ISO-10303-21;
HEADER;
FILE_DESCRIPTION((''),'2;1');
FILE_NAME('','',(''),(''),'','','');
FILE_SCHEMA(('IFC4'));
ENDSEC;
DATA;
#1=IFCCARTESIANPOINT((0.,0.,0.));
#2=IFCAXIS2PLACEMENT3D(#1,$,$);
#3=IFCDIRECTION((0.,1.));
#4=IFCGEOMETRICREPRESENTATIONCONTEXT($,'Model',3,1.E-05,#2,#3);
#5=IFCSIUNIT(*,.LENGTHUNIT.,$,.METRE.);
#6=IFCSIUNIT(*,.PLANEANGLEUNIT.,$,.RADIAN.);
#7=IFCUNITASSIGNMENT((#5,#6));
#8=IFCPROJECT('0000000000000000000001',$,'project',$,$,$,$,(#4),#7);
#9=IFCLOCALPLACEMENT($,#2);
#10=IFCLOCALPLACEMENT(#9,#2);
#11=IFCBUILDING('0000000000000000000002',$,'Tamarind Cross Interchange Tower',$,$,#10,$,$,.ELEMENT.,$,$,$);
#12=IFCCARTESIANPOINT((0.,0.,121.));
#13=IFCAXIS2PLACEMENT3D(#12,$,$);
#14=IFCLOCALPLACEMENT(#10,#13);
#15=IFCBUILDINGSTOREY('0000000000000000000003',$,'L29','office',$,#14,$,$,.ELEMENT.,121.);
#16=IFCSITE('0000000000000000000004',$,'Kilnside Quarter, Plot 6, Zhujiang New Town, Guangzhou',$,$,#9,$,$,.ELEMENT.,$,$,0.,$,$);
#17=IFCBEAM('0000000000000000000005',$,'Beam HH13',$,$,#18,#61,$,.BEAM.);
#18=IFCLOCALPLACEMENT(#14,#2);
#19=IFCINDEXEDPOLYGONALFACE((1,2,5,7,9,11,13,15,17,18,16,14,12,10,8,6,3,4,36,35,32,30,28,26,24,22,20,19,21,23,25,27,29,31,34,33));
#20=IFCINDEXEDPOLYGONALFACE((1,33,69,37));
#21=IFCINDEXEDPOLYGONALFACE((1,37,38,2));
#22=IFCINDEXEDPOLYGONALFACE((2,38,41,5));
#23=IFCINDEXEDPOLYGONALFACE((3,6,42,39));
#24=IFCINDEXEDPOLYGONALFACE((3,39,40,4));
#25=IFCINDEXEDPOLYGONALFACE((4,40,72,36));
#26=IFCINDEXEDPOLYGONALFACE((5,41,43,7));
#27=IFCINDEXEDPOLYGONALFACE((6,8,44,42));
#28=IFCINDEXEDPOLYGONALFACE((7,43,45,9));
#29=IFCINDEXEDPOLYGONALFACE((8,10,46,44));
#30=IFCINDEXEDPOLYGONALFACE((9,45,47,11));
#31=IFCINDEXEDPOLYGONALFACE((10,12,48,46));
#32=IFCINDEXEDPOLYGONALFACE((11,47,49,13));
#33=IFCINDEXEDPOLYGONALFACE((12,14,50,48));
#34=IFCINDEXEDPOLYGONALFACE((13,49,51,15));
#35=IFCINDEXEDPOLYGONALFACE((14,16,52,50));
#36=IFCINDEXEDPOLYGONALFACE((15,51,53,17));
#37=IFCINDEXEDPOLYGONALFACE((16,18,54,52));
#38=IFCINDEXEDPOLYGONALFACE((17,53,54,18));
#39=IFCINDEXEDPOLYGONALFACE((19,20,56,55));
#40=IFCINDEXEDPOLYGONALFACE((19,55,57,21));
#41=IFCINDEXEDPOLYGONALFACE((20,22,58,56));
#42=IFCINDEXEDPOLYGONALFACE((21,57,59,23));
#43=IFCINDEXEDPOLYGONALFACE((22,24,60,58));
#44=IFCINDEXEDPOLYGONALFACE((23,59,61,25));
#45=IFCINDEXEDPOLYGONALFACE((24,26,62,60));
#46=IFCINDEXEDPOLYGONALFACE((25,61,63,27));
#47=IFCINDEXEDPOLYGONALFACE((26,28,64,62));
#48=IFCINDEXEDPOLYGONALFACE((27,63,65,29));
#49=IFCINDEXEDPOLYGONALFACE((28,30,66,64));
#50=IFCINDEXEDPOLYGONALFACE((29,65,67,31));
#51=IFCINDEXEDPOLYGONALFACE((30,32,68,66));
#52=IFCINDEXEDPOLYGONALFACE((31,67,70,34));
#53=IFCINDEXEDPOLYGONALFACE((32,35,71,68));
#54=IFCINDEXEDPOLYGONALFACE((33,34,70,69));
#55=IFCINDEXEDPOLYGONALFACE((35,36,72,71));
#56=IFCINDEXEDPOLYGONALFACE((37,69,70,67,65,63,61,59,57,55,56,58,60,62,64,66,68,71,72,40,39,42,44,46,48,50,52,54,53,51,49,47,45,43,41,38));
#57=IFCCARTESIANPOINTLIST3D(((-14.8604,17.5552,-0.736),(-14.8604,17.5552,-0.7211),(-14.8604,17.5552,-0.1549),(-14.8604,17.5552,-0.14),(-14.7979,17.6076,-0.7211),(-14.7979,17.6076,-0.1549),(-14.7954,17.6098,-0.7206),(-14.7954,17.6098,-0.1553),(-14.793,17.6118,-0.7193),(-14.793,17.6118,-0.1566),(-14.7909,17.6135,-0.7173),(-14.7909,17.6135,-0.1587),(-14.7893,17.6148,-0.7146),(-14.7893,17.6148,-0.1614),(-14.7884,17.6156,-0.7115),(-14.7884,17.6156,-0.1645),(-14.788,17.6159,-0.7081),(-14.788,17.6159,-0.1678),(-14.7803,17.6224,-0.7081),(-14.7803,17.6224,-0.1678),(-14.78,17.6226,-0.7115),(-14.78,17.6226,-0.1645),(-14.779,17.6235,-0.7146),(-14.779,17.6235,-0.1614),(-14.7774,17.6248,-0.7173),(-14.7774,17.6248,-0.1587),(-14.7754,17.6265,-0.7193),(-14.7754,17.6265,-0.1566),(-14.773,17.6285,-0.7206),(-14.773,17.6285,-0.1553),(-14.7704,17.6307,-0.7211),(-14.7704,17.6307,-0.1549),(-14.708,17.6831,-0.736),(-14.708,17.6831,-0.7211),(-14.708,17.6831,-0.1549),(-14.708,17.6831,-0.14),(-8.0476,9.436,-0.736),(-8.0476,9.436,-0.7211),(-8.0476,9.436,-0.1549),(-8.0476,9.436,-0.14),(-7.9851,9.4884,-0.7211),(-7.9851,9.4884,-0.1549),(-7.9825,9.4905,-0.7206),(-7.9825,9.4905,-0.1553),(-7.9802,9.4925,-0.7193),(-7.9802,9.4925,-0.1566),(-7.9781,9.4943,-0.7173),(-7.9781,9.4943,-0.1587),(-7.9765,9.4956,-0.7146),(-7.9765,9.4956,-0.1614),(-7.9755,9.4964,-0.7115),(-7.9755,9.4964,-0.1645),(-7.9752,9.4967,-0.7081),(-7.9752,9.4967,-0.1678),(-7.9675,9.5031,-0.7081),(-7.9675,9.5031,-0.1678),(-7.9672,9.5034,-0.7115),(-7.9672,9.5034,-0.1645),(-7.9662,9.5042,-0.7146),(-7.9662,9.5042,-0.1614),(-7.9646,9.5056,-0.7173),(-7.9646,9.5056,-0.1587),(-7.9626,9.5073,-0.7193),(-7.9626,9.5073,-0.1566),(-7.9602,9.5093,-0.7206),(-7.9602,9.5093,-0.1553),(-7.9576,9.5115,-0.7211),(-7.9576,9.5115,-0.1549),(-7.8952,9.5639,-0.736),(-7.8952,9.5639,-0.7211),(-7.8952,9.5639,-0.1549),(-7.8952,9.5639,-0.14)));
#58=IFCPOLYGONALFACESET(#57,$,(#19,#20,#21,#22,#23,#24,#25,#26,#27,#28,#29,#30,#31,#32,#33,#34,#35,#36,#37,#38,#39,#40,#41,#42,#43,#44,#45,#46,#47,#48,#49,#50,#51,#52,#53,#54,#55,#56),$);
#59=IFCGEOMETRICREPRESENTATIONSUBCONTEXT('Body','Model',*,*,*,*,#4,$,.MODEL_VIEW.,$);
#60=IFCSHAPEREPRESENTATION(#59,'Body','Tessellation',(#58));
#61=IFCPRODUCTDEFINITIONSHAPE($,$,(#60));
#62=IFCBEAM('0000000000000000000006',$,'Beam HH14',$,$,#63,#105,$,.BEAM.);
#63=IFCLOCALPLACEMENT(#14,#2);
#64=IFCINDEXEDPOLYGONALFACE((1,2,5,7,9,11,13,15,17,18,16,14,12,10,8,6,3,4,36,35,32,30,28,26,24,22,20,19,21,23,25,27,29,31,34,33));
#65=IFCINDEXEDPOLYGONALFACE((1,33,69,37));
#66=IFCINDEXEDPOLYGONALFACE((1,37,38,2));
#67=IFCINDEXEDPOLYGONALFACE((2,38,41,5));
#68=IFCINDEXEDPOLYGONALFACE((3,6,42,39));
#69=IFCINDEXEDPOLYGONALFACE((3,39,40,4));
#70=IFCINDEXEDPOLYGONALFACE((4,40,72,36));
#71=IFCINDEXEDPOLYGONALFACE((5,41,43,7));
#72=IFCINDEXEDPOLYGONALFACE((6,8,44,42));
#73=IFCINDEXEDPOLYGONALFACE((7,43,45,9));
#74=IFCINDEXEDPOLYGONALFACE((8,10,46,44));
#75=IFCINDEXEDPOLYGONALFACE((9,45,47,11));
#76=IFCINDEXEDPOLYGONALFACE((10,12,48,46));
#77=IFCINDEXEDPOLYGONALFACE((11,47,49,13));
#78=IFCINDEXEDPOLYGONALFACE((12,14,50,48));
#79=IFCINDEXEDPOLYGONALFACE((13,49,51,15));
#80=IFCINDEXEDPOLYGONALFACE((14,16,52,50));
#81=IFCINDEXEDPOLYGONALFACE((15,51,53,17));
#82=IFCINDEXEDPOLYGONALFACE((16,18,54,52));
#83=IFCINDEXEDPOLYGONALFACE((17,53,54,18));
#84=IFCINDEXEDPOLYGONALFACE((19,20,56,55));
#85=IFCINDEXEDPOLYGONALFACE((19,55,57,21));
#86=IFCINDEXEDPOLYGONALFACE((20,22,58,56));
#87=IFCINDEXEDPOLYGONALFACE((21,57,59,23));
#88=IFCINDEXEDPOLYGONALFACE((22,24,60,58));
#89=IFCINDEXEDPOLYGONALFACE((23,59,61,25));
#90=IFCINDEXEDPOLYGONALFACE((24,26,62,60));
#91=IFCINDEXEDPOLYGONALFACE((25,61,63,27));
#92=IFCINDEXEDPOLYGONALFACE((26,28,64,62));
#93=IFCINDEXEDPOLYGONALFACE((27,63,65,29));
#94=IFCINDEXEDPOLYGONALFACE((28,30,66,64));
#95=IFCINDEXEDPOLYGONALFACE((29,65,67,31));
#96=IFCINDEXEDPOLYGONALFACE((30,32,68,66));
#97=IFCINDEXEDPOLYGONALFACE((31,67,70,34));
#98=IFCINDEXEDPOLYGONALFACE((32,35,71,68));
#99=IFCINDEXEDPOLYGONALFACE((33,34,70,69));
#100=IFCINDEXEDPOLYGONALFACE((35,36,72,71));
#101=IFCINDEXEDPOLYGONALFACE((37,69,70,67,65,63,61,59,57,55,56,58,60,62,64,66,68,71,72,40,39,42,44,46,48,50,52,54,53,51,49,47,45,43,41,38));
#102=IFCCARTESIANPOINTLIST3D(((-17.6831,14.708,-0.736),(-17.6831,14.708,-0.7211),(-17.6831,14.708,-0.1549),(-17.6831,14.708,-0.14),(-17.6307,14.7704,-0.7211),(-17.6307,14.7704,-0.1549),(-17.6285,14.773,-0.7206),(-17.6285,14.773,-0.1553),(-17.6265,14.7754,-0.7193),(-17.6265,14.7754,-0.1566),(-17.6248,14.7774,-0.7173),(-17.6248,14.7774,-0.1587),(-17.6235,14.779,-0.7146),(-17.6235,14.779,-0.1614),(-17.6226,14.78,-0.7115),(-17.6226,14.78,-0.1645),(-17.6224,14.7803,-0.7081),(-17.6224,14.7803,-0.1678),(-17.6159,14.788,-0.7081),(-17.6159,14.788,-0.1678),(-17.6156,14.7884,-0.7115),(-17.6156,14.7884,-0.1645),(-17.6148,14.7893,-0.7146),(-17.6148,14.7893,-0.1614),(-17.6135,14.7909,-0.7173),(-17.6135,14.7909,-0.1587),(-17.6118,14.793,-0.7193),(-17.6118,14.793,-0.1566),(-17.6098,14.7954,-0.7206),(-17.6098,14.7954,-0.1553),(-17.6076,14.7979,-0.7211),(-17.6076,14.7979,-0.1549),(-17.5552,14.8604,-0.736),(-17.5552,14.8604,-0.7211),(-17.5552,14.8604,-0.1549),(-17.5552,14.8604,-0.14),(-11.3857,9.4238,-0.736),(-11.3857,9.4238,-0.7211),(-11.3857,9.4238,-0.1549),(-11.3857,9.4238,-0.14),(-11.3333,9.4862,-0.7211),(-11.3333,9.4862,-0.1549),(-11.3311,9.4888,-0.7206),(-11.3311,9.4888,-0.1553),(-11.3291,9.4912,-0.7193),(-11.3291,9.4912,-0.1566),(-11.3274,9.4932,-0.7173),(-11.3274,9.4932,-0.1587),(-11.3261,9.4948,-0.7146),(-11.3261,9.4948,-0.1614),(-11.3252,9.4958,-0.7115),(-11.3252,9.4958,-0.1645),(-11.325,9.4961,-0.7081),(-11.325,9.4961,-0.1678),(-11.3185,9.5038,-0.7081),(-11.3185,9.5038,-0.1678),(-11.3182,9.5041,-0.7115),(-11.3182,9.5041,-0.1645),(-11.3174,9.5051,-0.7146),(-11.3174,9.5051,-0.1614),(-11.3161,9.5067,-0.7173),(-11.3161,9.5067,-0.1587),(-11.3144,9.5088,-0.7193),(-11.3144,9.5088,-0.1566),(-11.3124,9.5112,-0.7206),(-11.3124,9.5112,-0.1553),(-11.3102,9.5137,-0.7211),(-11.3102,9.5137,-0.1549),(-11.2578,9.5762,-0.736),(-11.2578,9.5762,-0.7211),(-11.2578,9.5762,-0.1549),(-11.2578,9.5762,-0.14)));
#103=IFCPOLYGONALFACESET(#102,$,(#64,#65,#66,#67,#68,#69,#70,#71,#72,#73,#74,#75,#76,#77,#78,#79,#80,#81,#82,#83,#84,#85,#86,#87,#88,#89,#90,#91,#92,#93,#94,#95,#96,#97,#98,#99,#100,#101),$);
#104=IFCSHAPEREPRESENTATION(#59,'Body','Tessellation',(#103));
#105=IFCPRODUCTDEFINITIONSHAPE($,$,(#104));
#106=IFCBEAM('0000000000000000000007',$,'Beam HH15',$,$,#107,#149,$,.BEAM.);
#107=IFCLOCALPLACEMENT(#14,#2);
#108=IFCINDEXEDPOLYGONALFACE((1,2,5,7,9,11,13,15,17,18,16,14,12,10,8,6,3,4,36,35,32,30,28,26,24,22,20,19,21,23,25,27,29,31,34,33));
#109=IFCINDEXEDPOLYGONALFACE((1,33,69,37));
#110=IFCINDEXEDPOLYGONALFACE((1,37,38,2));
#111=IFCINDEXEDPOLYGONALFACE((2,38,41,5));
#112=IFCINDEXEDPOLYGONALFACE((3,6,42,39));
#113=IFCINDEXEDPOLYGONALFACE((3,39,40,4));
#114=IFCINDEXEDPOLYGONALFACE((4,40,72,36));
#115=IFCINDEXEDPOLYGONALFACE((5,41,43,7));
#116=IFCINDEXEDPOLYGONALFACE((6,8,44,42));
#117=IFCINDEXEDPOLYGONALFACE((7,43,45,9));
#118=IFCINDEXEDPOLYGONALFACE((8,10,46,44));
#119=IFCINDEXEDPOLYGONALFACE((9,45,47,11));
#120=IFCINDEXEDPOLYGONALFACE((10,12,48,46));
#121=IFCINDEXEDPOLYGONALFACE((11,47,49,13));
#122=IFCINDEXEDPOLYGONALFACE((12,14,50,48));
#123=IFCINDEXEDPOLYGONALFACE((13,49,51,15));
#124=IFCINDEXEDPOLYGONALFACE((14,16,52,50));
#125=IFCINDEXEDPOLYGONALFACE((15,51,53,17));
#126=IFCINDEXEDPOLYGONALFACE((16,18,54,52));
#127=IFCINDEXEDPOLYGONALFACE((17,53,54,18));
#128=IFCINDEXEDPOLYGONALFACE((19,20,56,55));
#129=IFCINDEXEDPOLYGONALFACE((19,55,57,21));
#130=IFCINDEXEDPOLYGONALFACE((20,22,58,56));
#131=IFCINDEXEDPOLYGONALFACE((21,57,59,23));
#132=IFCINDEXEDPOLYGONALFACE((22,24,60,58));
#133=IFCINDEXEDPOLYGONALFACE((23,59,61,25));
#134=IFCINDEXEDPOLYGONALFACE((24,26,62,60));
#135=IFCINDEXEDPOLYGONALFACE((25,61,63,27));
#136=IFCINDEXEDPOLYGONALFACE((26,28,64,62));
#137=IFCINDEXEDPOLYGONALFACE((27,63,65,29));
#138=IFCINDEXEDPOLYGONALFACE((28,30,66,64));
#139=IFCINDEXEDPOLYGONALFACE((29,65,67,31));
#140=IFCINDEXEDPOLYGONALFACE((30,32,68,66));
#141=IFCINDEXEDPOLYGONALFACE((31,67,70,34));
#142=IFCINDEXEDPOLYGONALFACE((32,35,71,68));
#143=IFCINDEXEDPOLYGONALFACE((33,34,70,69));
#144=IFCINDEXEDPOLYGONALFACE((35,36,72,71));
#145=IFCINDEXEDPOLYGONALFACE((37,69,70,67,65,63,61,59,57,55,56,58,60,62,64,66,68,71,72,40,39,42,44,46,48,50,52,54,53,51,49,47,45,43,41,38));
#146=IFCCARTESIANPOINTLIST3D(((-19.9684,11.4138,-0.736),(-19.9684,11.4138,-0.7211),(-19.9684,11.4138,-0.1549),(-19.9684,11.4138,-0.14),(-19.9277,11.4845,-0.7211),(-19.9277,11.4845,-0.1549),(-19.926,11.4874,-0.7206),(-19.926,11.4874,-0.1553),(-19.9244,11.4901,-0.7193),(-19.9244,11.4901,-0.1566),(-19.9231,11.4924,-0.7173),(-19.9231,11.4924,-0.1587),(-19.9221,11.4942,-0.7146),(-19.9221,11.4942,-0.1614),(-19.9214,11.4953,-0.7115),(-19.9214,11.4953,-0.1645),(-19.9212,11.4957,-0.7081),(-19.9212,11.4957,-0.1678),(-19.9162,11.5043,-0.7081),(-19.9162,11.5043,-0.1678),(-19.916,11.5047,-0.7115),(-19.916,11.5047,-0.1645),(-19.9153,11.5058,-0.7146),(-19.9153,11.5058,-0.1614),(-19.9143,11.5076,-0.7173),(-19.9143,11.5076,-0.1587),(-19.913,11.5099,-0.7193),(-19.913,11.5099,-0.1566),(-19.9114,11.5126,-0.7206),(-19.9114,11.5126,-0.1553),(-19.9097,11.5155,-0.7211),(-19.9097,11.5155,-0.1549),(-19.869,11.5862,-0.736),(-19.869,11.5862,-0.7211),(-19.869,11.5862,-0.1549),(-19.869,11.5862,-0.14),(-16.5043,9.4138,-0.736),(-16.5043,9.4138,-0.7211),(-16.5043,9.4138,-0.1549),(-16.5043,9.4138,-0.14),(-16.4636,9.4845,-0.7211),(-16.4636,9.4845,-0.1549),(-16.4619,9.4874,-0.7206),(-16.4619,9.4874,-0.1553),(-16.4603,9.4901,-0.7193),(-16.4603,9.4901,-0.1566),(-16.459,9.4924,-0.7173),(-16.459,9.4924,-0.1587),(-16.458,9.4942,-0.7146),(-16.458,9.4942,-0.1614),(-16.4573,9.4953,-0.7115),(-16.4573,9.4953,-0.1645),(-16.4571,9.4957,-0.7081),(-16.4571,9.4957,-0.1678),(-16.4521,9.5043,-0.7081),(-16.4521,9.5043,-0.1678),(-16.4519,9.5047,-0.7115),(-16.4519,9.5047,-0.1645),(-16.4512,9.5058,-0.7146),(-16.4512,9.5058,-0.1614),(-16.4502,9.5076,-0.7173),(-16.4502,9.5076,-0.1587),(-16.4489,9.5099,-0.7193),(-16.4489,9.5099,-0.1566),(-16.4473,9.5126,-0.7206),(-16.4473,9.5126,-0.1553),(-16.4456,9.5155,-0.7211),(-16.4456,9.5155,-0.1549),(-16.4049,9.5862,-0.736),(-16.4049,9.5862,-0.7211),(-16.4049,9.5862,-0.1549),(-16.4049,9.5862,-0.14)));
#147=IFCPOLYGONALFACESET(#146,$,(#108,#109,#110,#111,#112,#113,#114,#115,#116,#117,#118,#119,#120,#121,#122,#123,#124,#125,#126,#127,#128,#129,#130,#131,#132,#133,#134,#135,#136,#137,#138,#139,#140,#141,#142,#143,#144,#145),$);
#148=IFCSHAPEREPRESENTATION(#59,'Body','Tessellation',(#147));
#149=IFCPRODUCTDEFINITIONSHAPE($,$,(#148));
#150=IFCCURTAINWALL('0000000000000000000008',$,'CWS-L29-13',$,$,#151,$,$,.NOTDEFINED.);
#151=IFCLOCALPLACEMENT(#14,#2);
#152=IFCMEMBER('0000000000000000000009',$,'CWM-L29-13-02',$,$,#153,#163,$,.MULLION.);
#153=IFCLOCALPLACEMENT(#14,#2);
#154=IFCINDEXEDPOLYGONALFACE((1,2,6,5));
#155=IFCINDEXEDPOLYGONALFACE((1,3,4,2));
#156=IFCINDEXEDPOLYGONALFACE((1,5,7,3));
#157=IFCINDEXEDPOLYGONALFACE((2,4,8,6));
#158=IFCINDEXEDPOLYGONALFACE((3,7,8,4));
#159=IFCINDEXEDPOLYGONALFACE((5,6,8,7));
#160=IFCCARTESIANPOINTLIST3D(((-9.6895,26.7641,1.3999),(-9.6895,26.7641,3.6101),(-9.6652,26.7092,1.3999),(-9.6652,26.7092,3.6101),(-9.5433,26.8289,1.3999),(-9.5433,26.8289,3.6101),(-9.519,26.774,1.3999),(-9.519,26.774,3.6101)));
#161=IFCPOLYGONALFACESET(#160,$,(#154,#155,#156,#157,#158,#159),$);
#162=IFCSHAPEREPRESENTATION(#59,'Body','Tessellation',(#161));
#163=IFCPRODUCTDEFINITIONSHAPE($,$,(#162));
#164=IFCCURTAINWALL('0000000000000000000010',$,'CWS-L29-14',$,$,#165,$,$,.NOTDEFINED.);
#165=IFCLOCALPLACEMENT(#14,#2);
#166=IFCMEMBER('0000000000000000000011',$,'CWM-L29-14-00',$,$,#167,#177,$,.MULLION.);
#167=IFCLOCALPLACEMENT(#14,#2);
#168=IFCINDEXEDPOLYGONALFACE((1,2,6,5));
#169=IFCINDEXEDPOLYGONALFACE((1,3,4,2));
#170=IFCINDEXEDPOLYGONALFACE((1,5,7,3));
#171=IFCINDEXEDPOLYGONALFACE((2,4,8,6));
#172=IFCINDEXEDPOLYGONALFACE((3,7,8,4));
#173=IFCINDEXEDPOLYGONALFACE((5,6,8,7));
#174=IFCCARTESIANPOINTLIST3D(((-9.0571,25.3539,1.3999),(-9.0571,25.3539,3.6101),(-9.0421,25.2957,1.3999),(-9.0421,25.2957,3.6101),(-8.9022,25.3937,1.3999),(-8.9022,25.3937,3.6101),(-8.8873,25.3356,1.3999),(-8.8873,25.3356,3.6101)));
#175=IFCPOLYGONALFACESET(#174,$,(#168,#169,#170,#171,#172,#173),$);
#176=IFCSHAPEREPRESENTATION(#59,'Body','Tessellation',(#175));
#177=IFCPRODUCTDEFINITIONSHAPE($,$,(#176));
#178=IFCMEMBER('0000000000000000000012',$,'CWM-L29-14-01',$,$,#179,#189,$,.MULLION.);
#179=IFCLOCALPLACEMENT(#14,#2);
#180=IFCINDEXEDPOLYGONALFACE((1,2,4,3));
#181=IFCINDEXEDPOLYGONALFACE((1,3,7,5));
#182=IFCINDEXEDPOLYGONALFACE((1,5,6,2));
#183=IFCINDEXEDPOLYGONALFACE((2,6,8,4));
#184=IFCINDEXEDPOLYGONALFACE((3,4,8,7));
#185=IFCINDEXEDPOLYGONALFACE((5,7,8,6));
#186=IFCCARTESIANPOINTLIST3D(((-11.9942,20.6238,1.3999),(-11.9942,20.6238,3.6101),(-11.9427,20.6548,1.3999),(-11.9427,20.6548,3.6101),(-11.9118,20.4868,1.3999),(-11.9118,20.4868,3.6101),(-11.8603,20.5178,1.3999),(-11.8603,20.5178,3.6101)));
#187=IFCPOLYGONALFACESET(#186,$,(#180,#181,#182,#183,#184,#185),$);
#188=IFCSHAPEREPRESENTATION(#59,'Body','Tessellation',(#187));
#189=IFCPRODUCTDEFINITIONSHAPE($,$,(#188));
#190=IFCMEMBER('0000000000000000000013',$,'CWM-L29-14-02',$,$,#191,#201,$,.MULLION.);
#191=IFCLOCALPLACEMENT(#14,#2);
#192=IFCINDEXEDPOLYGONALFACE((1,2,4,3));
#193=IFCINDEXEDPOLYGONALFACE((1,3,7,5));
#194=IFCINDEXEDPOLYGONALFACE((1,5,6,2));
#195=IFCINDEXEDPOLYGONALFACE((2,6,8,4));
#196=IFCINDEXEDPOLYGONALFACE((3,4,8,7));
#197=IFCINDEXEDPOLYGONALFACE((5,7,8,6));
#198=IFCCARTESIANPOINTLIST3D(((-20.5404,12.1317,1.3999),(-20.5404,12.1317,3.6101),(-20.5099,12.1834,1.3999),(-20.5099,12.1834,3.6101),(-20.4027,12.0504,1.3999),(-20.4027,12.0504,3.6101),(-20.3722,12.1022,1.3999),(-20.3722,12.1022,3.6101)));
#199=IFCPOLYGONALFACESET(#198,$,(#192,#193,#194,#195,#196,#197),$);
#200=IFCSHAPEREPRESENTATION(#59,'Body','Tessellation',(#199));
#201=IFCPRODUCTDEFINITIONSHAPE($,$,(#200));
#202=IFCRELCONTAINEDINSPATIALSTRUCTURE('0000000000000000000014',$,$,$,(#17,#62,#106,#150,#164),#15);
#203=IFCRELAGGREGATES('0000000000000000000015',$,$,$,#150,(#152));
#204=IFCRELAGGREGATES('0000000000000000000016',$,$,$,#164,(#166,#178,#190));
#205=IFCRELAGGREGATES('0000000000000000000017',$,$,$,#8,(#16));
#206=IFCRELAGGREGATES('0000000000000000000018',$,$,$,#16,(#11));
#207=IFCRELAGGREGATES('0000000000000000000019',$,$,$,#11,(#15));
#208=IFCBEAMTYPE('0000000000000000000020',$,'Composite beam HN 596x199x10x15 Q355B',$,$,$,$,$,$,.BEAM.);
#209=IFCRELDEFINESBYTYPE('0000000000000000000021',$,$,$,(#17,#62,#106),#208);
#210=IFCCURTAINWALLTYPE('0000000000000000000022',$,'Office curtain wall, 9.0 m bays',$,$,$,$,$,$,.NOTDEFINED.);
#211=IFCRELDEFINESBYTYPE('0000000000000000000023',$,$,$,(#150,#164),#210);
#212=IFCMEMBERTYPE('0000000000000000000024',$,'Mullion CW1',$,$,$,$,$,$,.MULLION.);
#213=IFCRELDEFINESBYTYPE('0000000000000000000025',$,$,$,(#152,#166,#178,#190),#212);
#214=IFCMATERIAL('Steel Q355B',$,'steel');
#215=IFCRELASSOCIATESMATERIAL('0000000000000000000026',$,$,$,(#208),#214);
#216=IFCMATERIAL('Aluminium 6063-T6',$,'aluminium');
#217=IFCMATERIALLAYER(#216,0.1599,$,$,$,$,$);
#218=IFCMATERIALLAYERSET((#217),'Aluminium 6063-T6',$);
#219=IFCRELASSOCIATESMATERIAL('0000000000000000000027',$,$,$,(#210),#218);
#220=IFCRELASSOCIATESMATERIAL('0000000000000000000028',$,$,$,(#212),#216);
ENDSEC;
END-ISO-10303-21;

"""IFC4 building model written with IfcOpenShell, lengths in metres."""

from ifc_helpers import new_model, si_unit, direction, frame, origin, origin_2d, place, context, subcontext, project, spatial, rectangle, i_section, extrude, material, layer, layer_set, material_profile, profile_set, type_object, element, aggregate, save


model = new_model("IFC4")

# Units and contexts
model_context = context("Model", 3, precision=1e-05, world=origin(), true_north=direction((0.0, 1.0)))
body_context = subcontext(model_context, "Body", "Model", "MODEL_VIEW")
ifc_project = project(units=[si_unit("LENGTHUNIT", "METRE"), si_unit("PLANEANGLEUNIT", "RADIAN")], contexts=[model_context])

# Site, building, storey
site_placement = place(None, origin())
site = spatial("IfcSite", under=ifc_project, at=site_placement, Name="Kilnside Quarter, Plot 6, Zhujiang New Town, Guangzhou", CompositionType="ELEMENT", RefElevation=0.0)
building_placement = place(site_placement, origin())
building = spatial("IfcBuilding", under=site, at=building_placement, Name="Tamarind Cross Interchange Tower", CompositionType="ELEMENT")
storey_placement = place(building_placement, frame((0.0, 0.0, 121.0)))
storey = spatial("IfcBuildingStorey", under=building, at=storey_placement, Name="L29", Description="office", CompositionType="ELEMENT", Elevation=121.0)

# Beams
ifc_material_1 = material(Name="Steel Q355B", Category="steel")
ifc_material_profile_1 = material_profile(ifc_material_1, i_section(OverallWidth=0.199, OverallDepth=0.5959, WebThickness=0.01, FlangeThickness=0.0149, FilletRadius=0.0129, at=origin_2d()), Name="HN 596x199x10x15")
ifc_profile_set_1 = profile_set([ifc_material_profile_1], Name="Steel Q355B")
beam_type = type_object("IfcBeamType", Name="Composite beam HN 596x199x10x15 Q355B", PredefinedType="BEAM", material=ifc_profile_set_1)
beam_1_placement = place(storey_placement, frame((-14.7842, 17.6191, -0.438), z_axis=(0.642786, -0.766046, 0.0), x_axis=(0.766046, 0.642786, 0.0)))
element("IfcBeam", 1, at=beam_1_placement, inside=storey, type_object=beam_type, Name="Beam HH13", PredefinedType="BEAM", context=body_context, shape_type="SweptSolid", body=[
    extrude(i_section(OverallWidth=0.199, OverallDepth=0.5959, WebThickness=0.01, FlangeThickness=0.0149, FilletRadius=0.0129, at=origin_2d()), origin(), (0.0, 0.0, 1.0), 10.5989),
])
beam_2_placement = place(storey_placement, frame((-17.6191, 14.7842, -0.438), z_axis=(0.766041, -0.642792, 0.0), x_axis=(0.642792, 0.766041, 0.0)))
element("IfcBeam", 2, at=beam_2_placement, inside=storey, type_object=beam_type, Name="Beam HH14", PredefinedType="BEAM", context=body_context, shape_type="SweptSolid", body=[
    extrude(i_section(OverallWidth=0.199, OverallDepth=0.5959, WebThickness=0.01, FlangeThickness=0.0149, FilletRadius=0.0129, at=origin_2d()), origin(), (0.0, 0.0, 1.0), 8.2207),
])
beam_3_placement = place(storey_placement, frame((-19.9187, 11.5, -0.438), z_axis=(0.866026, -0.499999, 0.0), x_axis=(0.499999, 0.866026, 0.0)))
element("IfcBeam", 3, at=beam_3_placement, inside=storey, type_object=beam_type, Name="Beam HH15", PredefinedType="BEAM", context=body_context, shape_type="SweptSolid", body=[
    extrude(i_section(OverallWidth=0.199, OverallDepth=0.5959, WebThickness=0.01, FlangeThickness=0.0149, FilletRadius=0.0129, at=origin_2d()), origin(), (0.0, 0.0, 1.0), 4.0),
])

# Curtain wall, member
ifc_material_2 = material(Name="Aluminium 6063-T6", Category="aluminium")
ifc_layer_1 = layer(ifc_material_2, 0.1599)
ifc_layer_set_1 = layer_set([ifc_layer_1], Name="Aluminium 6063-T6")
curtain_wall_type = type_object("IfcCurtainWallType", Name="Office curtain wall, 9.0 m bays", PredefinedType="NOTDEFINED", material=ifc_layer_set_1)
curtain_wall_1_placement = place(storey_placement, origin())
curtain_wall_1 = element("IfcCurtainWall", 4, at=curtain_wall_1_placement, inside=storey, type_object=curtain_wall_type, Name="CWS-L29-13", PredefinedType="NOTDEFINED")
ifc_material_profile_2 = material_profile(ifc_material_2, rectangle(XDim=0.0601, YDim=0.1599, at=origin_2d()), Name="Mullion CW1")
ifc_profile_set_2 = profile_set([ifc_material_profile_2], Name="Aluminium 6063-T6")
member_type = type_object("IfcMemberType", Name="Mullion CW1", PredefinedType="MULLION", material=ifc_profile_set_2)
member_1_placement = place(storey_placement, frame((-9.6042, 26.769, 1.3999), z_axis=(0.0, 0.0, 1.0), x_axis=(0.405624, -0.91404, 0.0)))
member_1 = element("IfcMember", 5, at=member_1_placement, type_object=member_type, Name="CWM-L29-13-02", PredefinedType="MULLION", context=body_context, shape_type="SweptSolid", body=[
    extrude(rectangle(XDim=0.0601, YDim=0.1599, at=origin_2d()), origin(), (0.0, 0.0, 1.0), 2.2102),
])
aggregate(curtain_wall_1, [member_1])

# Curtain wall, members
curtain_wall_2_placement = place(storey_placement, origin())
curtain_wall_2 = element("IfcCurtainWall", 6, at=curtain_wall_2_placement, inside=storey, type_object=curtain_wall_type, Name="CWS-L29-14", PredefinedType="NOTDEFINED")
member_2_placement = place(storey_placement, frame((-8.9722, 25.3447, 1.3999), z_axis=(0.0, 0.0, 1.0), x_axis=(0.24899, -0.968506, 0.0)))
member_2 = element("IfcMember", 7, at=member_2_placement, type_object=member_type, Name="CWM-L29-14-00", PredefinedType="MULLION", context=body_context, shape_type="SweptSolid", body=[
    extrude(rectangle(XDim=0.0601, YDim=0.1599, at=origin_2d()), origin(), (0.0, 0.0, 1.0), 2.2102),
])
member_3_placement = place(storey_placement, frame((-11.9272, 20.5708, 1.3999), z_axis=(0.0, 0.0, 1.0), x_axis=(-0.856843, -0.515577, 0.0)))
member_3 = element("IfcMember", 8, at=member_3_placement, type_object=member_type, Name="CWM-L29-14-01", PredefinedType="MULLION", context=body_context, shape_type="SweptSolid", body=[
    extrude(rectangle(XDim=0.0601, YDim=0.1599, at=origin_2d()), origin(), (0.0, 0.0, 1.0), 2.2102),
])
member_4_placement = place(storey_placement, frame((-20.4563, 12.1169, 1.3999), z_axis=(0.0, 0.0, 1.0), x_axis=(-0.508183, -0.861249, 0.0)))
member_4 = element("IfcMember", 9, at=member_4_placement, type_object=member_type, Name="CWM-L29-14-02", PredefinedType="MULLION", context=body_context, shape_type="SweptSolid", body=[
    extrude(rectangle(XDim=0.0601, YDim=0.1599, at=origin_2d()), origin(), (0.0, 0.0, 1.0), 2.2102),
])
aggregate(curtain_wall_2, [member_2, member_3, member_4])

save(model, "model.ifc")
